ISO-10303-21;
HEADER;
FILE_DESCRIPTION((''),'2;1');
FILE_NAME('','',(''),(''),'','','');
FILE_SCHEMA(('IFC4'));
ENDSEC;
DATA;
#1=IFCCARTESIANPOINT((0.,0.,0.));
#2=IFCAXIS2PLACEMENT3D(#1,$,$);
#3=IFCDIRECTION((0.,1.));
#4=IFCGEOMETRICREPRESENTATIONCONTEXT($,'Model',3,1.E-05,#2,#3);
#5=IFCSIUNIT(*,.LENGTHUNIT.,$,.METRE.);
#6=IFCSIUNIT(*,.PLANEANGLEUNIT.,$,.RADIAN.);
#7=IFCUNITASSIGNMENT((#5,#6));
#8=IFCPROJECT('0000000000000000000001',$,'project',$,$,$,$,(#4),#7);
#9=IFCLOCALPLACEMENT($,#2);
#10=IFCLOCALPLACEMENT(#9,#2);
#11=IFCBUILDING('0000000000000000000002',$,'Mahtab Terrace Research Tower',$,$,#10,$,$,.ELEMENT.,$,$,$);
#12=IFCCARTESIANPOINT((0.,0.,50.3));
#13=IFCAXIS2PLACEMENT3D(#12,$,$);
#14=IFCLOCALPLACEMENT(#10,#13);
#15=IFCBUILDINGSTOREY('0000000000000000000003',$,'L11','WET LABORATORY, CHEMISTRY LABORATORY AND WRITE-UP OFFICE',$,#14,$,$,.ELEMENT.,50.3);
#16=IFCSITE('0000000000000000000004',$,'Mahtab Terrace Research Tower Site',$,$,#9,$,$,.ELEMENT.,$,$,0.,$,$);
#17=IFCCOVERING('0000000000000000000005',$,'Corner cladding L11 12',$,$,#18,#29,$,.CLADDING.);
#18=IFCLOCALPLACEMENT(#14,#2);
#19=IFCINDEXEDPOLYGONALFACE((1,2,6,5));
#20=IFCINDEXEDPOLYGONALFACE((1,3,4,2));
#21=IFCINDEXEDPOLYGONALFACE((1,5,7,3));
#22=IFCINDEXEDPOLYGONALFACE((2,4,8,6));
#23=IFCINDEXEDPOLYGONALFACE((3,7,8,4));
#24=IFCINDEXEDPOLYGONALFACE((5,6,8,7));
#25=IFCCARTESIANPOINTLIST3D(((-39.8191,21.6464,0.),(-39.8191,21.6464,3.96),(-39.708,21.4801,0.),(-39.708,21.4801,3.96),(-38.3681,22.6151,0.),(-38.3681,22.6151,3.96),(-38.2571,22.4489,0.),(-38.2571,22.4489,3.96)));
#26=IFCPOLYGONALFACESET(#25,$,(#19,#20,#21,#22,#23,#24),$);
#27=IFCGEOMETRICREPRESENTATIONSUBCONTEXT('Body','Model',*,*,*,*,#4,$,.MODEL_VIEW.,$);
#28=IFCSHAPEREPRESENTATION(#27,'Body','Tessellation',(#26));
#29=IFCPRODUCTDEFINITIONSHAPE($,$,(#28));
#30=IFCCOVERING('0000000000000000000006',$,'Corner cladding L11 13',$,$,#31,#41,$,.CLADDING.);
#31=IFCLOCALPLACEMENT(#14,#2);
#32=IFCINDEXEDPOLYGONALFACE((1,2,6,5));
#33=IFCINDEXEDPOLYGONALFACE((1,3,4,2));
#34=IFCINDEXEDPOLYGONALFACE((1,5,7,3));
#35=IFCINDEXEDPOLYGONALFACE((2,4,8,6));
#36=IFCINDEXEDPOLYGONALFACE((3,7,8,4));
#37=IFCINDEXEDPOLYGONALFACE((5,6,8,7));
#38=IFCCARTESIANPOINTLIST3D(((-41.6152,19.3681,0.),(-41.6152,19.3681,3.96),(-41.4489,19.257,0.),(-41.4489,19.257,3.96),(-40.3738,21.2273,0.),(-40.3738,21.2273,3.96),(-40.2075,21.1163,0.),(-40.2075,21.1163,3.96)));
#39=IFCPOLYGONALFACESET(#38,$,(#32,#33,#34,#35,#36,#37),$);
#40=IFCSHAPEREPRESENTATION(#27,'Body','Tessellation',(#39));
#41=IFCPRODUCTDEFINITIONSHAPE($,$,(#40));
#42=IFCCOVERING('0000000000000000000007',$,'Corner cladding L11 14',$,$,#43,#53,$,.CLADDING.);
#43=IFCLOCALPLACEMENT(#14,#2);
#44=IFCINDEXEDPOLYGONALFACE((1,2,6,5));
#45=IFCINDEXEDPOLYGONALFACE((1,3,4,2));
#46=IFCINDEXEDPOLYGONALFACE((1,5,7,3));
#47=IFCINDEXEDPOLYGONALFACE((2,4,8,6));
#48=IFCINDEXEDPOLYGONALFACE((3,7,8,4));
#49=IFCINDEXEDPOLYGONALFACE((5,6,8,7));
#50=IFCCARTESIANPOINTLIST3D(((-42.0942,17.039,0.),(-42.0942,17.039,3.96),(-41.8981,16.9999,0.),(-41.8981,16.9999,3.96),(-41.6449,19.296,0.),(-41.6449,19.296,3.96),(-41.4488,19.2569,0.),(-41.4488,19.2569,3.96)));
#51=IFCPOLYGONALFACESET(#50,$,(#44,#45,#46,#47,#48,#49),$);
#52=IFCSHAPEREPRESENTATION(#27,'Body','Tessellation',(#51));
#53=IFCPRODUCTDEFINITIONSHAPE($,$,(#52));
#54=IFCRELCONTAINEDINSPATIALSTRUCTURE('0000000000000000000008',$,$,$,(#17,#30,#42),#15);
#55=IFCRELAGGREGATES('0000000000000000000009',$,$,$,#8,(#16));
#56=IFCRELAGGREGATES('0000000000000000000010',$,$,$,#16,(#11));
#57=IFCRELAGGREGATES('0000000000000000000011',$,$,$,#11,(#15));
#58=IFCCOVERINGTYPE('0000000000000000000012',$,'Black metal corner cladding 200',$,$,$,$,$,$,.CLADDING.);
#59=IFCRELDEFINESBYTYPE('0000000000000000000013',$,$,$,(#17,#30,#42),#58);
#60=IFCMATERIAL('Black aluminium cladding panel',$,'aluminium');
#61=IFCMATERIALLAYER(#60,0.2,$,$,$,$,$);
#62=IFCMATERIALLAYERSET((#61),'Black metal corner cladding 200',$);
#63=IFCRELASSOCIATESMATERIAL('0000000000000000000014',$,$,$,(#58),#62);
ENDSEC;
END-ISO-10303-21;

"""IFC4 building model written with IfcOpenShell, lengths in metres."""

from ifc_helpers import new_model, si_unit, direction, frame, origin, origin_2d, place, context, subcontext, project, spatial, rectangle, extrude, material, layer, layer_set, type_object, element, save


model = new_model("IFC4")

# Units and contexts
model_context = context("Model", 3, precision=1e-05, world=origin(), true_north=direction((0.0, 1.0)))
body_context = subcontext(model_context, "Body", "Model", "MODEL_VIEW")
ifc_project = project(units=[si_unit("LENGTHUNIT", "METRE"), si_unit("PLANEANGLEUNIT", "RADIAN")], contexts=[model_context])

# Site, building, storey
site_placement = place(None, origin())
site = spatial("IfcSite", under=ifc_project, at=site_placement, Name="Mahtab Terrace Research Tower Site", CompositionType="ELEMENT", RefElevation=0.0)
building_placement = place(site_placement, origin())
building = spatial("IfcBuilding", under=site, at=building_placement, Name="Mahtab Terrace Research Tower", CompositionType="ELEMENT")
storey_placement = place(building_placement, frame((0.0, 0.0, 50.3)))
storey = spatial("IfcBuildingStorey", under=building, at=storey_placement, Name="L11", Description="WET LABORATORY, CHEMISTRY LABORATORY AND WRITE-UP OFFICE", CompositionType="ELEMENT", Elevation=50.3)

# Shared definitions
ifc_material_1 = material(Name="Black aluminium cladding panel", Category="aluminium")

# Coverings
ifc_layer_1 = layer(ifc_material_1, 0.2)
ifc_layer_set_1 = layer_set([ifc_layer_1], Name="Black metal corner cladding 200")
covering_type = type_object("IfcCoveringType", Name="Black metal corner cladding 200", PredefinedType="CLADDING", material=ifc_layer_set_1)
covering_1_placement = place(storey_placement, frame((-39.0381, 22.0476, 0.0), z_axis=(0.0, 0.0, 1.0), x_axis=(-0.831656, -0.555291, 0.0)))
element("IfcCovering", 1, at=covering_1_placement, inside=storey, type_object=covering_type, Name="Corner cladding L11 12", PredefinedType="CLADDING", context=body_context, shape_type="SweptSolid", body=[
    extrude(rectangle(XDim=1.7446, YDim=0.2, at=origin_2d()), origin(), (0.0, 0.0, 1.0), 3.96),
])
covering_2_placement = place(storey_placement, frame((-40.9114, 20.2422, 0.0), z_axis=(0.0, 0.0, 1.0), x_axis=(-0.555291, -0.831656, 0.0)))
element("IfcCovering", 2, at=covering_2_placement, inside=storey, type_object=covering_type, Name="Corner cladding L11 13", PredefinedType="CLADDING", context=body_context, shape_type="SweptSolid", body=[
    extrude(rectangle(XDim=2.2356, YDim=0.2, at=origin_2d()), origin(), (0.0, 0.0, 1.0), 3.96),
])
covering_3_placement = place(storey_placement, frame((-41.7715, 18.1479, 0.0), z_axis=(0.0, 0.0, 1.0), x_axis=(-0.195212, -0.980761, 0.0)))
element("IfcCovering", 3, at=covering_3_placement, inside=storey, type_object=covering_type, Name="Corner cladding L11 14", PredefinedType="CLADDING", context=body_context, shape_type="SweptSolid", body=[
    extrude(rectangle(XDim=2.3013, YDim=0.2, at=origin_2d()), origin(), (0.0, 0.0, 1.0), 3.96),
])

save(model, "model.ifc")
